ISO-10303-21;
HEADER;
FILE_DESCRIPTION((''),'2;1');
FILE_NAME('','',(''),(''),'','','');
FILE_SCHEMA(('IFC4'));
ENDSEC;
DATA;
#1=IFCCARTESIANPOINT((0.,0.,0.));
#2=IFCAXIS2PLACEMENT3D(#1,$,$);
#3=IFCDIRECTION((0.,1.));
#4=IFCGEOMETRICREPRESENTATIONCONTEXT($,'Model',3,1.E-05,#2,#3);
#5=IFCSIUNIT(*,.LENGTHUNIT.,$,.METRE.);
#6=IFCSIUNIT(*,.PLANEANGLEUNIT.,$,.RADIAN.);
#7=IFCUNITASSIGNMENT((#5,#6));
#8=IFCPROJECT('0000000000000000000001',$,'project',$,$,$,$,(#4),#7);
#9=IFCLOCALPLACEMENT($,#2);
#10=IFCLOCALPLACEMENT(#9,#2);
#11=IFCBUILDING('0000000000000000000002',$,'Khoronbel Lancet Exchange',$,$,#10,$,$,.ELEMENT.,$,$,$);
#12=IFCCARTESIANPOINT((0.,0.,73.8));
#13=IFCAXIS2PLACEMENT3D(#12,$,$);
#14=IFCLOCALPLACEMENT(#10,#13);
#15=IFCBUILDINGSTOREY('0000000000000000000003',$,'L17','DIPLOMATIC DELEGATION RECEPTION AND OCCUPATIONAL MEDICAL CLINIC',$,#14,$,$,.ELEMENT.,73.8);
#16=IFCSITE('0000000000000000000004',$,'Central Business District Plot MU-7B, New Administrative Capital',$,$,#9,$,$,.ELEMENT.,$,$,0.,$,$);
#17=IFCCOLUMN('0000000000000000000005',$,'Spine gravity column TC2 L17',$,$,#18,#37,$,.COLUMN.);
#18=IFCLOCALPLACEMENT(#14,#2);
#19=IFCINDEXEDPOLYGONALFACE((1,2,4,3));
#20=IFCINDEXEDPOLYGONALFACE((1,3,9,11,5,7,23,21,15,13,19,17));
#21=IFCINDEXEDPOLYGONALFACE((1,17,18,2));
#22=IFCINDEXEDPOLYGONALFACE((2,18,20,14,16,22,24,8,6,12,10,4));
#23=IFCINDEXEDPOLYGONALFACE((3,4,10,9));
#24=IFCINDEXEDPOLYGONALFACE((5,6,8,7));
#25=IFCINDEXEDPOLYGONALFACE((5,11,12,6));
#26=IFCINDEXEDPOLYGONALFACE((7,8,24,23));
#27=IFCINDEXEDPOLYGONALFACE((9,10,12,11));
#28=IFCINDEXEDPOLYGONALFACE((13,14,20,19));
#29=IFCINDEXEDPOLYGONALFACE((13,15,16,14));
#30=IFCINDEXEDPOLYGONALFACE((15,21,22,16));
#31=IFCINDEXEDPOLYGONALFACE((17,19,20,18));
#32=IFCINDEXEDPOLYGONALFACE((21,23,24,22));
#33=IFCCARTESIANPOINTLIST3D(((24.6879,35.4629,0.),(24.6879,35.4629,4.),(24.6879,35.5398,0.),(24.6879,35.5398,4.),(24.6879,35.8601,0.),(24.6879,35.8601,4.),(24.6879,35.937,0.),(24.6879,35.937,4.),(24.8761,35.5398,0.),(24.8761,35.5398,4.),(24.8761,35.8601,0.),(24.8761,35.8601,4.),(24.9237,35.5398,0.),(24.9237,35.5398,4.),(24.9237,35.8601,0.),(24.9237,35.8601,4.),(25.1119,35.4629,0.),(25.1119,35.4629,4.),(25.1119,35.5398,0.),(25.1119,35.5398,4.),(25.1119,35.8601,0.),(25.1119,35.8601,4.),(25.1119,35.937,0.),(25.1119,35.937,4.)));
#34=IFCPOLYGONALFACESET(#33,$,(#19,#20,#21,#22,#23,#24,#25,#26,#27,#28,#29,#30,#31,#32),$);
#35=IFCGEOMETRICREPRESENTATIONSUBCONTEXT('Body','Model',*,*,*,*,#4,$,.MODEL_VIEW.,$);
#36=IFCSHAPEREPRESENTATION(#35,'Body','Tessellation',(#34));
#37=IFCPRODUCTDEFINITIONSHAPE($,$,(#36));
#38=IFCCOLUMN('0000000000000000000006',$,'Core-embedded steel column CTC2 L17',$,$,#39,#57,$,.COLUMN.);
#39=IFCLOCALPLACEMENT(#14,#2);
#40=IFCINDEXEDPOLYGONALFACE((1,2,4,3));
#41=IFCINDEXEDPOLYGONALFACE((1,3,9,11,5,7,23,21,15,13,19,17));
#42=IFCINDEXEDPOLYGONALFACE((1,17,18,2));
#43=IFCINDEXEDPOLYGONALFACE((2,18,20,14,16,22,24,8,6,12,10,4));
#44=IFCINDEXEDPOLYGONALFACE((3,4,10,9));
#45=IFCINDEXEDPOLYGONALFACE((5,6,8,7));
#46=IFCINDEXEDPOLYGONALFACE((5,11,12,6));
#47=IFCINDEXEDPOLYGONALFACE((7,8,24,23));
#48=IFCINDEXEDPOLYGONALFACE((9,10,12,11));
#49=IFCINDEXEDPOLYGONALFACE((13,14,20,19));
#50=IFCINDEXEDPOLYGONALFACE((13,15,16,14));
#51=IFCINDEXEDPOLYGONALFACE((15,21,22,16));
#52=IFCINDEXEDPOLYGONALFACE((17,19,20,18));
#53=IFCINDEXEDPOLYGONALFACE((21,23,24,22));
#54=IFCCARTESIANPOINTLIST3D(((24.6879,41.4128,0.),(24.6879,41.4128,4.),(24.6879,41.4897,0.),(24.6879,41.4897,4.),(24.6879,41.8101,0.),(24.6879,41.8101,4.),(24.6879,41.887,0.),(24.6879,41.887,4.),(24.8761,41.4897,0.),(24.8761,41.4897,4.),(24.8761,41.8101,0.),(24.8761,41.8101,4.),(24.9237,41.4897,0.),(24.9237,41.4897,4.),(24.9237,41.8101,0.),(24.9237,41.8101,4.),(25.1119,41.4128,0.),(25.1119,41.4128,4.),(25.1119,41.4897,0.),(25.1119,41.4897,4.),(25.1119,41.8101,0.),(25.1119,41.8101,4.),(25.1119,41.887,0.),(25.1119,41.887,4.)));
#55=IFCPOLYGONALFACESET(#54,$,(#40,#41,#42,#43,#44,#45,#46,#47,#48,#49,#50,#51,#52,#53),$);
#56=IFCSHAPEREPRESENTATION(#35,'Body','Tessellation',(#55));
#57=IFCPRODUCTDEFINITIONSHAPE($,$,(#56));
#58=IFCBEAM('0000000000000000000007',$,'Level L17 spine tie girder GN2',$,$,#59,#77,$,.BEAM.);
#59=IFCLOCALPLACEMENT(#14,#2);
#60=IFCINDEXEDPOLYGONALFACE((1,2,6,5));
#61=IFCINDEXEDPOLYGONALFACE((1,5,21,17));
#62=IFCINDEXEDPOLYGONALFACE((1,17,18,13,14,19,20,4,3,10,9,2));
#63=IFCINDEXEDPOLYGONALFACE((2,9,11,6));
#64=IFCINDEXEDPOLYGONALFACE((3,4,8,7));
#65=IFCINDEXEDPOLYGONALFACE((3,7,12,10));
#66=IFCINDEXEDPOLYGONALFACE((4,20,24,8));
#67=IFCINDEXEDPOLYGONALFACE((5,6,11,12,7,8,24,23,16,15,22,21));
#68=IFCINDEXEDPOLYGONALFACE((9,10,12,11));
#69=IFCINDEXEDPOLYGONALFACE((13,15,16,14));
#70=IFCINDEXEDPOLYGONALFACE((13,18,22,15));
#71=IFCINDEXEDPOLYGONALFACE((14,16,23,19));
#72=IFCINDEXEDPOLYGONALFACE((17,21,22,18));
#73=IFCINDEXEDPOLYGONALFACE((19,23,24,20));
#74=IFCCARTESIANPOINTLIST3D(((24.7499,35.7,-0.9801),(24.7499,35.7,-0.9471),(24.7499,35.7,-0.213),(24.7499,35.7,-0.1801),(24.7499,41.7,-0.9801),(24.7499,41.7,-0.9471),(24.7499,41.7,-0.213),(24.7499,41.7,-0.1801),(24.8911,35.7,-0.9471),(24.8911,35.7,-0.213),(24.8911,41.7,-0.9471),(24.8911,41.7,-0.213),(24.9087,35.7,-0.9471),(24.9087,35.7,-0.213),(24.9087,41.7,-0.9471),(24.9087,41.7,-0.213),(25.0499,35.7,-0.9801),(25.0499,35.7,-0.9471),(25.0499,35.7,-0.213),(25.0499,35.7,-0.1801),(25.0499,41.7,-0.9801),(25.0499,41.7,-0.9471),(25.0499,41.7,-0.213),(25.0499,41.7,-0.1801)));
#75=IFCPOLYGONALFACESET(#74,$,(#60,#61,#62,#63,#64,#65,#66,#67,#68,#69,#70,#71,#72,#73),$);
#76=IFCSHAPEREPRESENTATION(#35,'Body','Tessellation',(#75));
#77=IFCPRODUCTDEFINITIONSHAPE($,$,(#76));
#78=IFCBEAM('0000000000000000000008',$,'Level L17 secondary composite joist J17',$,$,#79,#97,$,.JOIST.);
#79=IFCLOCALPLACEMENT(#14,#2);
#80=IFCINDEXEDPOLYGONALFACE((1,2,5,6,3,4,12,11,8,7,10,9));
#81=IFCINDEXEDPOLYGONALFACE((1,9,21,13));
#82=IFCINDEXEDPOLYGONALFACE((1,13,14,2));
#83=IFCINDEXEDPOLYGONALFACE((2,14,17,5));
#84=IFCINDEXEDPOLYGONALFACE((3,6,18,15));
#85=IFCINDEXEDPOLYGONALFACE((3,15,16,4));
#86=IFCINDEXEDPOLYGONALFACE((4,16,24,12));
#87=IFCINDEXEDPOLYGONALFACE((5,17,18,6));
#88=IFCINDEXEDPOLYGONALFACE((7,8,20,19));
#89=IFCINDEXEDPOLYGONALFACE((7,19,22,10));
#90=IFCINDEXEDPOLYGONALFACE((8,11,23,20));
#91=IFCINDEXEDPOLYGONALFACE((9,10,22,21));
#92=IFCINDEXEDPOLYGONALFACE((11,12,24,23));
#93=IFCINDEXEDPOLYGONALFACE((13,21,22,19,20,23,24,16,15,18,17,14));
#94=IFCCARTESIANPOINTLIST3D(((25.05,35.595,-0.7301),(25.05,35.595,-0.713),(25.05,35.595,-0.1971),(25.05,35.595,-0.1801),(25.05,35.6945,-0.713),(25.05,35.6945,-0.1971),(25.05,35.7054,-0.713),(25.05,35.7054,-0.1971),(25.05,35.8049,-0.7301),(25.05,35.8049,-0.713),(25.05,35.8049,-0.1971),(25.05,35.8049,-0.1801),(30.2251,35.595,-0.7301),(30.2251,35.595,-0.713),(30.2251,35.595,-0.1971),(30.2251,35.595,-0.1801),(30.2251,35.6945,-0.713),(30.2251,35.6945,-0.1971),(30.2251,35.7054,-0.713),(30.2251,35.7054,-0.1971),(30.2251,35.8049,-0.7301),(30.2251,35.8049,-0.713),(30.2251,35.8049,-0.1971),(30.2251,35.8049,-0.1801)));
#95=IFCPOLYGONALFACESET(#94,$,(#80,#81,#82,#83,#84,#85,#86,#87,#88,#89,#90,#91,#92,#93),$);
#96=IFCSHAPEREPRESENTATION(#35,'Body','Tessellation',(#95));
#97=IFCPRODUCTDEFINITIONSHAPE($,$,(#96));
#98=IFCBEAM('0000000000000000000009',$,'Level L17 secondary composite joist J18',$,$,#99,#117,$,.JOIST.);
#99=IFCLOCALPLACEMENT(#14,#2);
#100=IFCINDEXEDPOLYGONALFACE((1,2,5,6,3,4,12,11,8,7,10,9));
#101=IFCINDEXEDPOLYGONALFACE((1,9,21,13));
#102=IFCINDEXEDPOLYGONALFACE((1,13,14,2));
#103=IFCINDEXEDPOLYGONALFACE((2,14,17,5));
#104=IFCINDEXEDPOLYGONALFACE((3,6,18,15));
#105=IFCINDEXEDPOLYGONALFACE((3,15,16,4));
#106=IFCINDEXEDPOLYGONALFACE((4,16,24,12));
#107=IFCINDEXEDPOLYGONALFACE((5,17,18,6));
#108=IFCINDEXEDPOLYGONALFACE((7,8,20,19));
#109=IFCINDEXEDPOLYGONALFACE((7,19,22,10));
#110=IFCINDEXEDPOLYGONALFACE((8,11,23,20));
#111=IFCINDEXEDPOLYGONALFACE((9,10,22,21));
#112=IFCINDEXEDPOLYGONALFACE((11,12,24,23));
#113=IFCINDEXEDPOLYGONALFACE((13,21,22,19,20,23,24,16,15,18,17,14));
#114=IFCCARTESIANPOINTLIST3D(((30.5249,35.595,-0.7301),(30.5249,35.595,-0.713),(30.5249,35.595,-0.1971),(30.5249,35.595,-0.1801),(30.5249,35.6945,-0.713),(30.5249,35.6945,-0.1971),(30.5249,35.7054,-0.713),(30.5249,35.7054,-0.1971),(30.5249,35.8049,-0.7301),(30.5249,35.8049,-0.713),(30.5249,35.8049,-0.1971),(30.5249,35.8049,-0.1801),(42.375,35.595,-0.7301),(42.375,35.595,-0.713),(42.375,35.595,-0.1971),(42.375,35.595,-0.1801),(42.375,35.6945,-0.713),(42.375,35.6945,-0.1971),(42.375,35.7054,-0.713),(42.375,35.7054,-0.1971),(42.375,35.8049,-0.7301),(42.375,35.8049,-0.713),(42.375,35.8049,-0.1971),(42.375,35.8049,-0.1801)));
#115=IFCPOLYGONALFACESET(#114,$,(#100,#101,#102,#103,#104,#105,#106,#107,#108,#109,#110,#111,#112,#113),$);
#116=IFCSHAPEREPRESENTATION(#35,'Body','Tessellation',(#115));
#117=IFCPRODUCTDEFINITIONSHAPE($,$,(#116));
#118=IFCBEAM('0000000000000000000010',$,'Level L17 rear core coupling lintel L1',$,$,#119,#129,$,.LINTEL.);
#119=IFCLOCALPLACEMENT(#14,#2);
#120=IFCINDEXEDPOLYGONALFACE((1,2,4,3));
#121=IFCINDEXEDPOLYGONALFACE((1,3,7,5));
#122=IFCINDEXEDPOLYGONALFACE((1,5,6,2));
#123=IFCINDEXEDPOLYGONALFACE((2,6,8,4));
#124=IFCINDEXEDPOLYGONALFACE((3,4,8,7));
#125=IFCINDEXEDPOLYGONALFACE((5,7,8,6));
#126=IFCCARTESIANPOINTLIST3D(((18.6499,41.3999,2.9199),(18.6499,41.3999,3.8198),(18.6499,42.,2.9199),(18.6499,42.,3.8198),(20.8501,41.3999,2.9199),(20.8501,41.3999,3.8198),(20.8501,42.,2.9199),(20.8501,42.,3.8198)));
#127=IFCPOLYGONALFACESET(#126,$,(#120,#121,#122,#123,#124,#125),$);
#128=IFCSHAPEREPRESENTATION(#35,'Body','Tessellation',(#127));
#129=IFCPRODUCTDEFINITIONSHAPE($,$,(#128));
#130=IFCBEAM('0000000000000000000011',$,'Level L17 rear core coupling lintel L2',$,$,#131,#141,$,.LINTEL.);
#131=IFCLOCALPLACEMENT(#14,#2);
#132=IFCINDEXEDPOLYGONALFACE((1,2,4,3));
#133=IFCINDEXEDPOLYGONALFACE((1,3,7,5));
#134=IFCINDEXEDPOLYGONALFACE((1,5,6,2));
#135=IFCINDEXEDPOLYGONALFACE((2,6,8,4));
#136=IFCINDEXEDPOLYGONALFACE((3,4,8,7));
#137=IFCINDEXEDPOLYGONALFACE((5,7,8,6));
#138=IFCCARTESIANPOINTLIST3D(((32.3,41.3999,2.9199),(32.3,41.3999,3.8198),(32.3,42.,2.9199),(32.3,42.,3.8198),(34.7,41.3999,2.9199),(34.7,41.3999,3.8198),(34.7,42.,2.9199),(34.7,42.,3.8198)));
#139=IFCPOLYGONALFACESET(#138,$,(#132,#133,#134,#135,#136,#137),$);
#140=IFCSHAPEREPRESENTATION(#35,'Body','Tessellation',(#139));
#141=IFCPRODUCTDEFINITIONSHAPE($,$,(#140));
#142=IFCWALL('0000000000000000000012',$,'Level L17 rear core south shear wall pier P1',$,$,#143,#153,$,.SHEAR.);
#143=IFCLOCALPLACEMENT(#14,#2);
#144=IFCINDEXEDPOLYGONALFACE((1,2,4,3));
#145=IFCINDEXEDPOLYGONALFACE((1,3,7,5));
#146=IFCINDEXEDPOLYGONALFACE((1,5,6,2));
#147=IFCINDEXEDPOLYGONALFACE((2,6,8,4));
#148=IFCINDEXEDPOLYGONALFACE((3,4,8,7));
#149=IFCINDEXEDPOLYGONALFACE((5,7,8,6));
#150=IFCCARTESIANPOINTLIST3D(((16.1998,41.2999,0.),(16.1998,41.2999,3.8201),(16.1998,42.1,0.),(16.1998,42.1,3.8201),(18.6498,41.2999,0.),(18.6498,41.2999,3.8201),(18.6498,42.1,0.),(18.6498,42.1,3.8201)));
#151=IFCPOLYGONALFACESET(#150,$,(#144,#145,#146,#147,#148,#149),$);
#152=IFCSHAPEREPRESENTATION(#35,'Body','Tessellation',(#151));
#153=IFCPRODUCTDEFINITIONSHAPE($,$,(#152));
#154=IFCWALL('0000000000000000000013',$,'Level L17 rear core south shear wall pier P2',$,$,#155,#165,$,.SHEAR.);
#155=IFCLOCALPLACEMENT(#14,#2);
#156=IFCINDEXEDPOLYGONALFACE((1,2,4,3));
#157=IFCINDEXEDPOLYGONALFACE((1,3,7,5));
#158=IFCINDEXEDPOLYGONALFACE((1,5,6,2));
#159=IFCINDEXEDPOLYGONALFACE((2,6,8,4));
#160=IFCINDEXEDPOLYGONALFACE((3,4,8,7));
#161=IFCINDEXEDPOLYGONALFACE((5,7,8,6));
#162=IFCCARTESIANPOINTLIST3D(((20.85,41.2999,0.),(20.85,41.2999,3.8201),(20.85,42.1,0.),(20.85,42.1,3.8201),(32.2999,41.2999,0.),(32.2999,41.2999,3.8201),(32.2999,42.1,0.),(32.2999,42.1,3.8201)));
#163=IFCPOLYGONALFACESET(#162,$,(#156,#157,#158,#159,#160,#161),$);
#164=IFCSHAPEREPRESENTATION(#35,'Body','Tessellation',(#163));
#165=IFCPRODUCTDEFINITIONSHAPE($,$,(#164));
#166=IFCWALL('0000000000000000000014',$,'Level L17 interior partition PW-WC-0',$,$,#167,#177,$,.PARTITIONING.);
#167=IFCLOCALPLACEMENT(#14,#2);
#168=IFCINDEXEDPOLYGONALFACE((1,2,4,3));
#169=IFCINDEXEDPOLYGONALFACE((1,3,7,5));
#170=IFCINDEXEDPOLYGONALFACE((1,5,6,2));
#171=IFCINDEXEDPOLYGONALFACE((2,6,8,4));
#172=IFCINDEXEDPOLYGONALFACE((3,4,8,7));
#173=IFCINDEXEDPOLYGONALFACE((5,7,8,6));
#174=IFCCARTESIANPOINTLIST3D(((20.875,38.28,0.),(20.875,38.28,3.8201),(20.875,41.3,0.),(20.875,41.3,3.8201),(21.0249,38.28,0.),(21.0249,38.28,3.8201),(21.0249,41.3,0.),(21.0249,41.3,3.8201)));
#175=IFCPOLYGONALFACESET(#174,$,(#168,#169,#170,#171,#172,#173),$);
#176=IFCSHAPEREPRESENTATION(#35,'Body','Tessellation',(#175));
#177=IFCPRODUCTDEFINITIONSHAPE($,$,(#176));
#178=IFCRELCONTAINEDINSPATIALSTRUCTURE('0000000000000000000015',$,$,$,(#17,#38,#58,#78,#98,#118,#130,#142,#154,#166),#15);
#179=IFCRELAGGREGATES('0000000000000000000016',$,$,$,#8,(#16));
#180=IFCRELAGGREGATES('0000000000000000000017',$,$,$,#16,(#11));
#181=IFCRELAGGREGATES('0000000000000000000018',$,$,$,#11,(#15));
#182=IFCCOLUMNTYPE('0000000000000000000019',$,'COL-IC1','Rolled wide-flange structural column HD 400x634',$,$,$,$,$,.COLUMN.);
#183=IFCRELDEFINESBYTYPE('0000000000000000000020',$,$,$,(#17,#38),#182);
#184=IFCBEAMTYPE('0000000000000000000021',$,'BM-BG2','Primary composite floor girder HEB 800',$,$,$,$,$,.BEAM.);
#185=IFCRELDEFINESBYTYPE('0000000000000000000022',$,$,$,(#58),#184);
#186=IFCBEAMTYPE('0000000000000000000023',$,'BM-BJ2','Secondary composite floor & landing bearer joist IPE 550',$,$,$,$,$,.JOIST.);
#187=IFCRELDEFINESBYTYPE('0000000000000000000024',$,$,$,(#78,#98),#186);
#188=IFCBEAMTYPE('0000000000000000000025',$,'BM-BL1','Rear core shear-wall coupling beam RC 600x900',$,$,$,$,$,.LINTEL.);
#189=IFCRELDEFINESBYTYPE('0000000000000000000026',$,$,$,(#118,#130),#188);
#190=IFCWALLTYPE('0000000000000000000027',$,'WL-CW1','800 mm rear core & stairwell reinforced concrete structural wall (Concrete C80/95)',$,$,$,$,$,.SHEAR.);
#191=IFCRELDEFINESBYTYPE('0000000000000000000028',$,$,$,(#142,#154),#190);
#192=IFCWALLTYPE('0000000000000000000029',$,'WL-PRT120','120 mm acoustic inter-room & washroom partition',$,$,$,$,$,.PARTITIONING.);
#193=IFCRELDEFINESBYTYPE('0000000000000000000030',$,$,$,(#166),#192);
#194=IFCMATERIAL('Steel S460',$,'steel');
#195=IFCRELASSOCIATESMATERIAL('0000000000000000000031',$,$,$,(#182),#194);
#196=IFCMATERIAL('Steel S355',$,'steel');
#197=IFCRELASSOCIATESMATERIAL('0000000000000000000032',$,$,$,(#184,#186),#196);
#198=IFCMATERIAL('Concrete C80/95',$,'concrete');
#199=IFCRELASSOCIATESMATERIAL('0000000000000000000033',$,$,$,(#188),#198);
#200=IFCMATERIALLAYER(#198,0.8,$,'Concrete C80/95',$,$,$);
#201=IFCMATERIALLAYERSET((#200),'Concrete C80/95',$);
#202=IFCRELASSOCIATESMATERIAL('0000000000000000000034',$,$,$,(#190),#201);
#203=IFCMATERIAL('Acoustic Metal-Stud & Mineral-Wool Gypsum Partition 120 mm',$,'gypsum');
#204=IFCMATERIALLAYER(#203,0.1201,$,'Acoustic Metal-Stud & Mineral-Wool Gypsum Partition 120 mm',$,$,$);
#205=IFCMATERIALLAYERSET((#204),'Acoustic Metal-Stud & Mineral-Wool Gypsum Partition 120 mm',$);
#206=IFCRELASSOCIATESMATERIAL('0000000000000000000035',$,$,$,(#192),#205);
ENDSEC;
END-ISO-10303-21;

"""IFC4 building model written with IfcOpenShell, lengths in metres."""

from ifc_helpers import new_model, si_unit, direction, frame, frame_2d, origin, origin_2d, place, context, subcontext, project, spatial, rectangle, i_section, extrude, material, layer, layer_set, material_profile, profile_set, type_object, element, save


model = new_model("IFC4")

# Units and contexts
model_context = context("Model", 3, precision=1e-05, world=origin(), true_north=direction((0.0, 1.0)))
body_context = subcontext(model_context, "Body", "Model", "MODEL_VIEW")
ifc_project = project(units=[si_unit("LENGTHUNIT", "METRE"), si_unit("PLANEANGLEUNIT", "RADIAN")], contexts=[model_context])

# Site, building, storey
site_placement = place(None, origin())
site = spatial("IfcSite", under=ifc_project, at=site_placement, Name="Central Business District Plot MU-7B, New Administrative Capital", CompositionType="ELEMENT", RefElevation=0.0)
building_placement = place(site_placement, origin())
building = spatial("IfcBuilding", under=site, at=building_placement, Name="Khoronbel Lancet Exchange", CompositionType="ELEMENT")
storey_placement = place(building_placement, frame((0.0, 0.0, 73.8)))
storey = spatial("IfcBuildingStorey", under=building, at=storey_placement, Name="L17", Description="DIPLOMATIC DELEGATION RECEPTION AND OCCUPATIONAL MEDICAL CLINIC", CompositionType="ELEMENT", Elevation=73.8)

# Columns
ifc_material_1 = material(Name="Steel S460", Category="steel")
ifc_material_profile_1 = material_profile(ifc_material_1, i_section(OverallWidth=0.4241, OverallDepth=0.4741, WebThickness=0.0476, FlangeThickness=0.0769, at=origin_2d()), Name="HD 400x634")
ifc_profile_set_1 = profile_set([ifc_material_profile_1], Name="Steel S460")
column_type = type_object("IfcColumnType", Name="COL-IC1", Description="Rolled wide-flange structural column HD 400x634", PredefinedType="COLUMN", material=ifc_profile_set_1)
for number, where, z_axis, x_axis, name in (
    (1, (24.8999, 35.7, 0.0), (0.0, 0.0, 1.0), (1.0, 0.0, 0.0), "Spine gravity column TC2 L17"),
    (2, (24.8999, 41.6499, 0.0), (0.0, 0.0, 1.0), (1.0, 0.0, 0.0), "Core-embedded steel column CTC2 L17"),
):
    element("IfcColumn", number, at=place(storey_placement, frame(where, z_axis=z_axis, x_axis=x_axis)), inside=storey, type_object=column_type, Name=name, PredefinedType="COLUMN", context=body_context, shape_type="SweptSolid", body=[
        extrude(i_section(OverallWidth=0.4241, OverallDepth=0.4741, WebThickness=0.0476, FlangeThickness=0.0769, at=origin_2d()), origin(), (0.0, 0.0, 1.0), 4.0),
    ])

# Beams
ifc_material_2 = material(Name="Steel S355", Category="steel")
ifc_material_profile_2 = material_profile(ifc_material_2, i_section(OverallWidth=0.3, OverallDepth=0.8, WebThickness=0.0176, FlangeThickness=0.033, at=origin_2d()), Name="HEB 800")
ifc_profile_set_2 = profile_set([ifc_material_profile_2], Name="Steel S355")
beam_type_1 = type_object("IfcBeamType", Name="BM-BG2", Description="Primary composite floor girder HEB 800", PredefinedType="BEAM", material=ifc_profile_set_2)
beam_1_placement = place(storey_placement, frame((24.8999, 35.7, -0.5801), z_axis=(0.0, 1.0, 0.0), x_axis=(-1.0, 0.0, 0.0)))
element("IfcBeam", 3, at=beam_1_placement, inside=storey, type_object=beam_type_1, Name="Level L17 spine tie girder GN2", PredefinedType="BEAM", context=body_context, shape_type="SweptSolid", body=[
    extrude(i_section(OverallWidth=0.3, OverallDepth=0.8, WebThickness=0.0176, FlangeThickness=0.033, at=origin_2d()), origin(), (0.0, 0.0, 1.0), 6.0),
])
ifc_material_profile_3 = material_profile(ifc_material_2, i_section(OverallWidth=0.21, OverallDepth=0.55, WebThickness=0.011, FlangeThickness=0.0171, at=origin_2d()), Name="IPE 550")
ifc_profile_set_3 = profile_set([ifc_material_profile_3], Name="Steel S355")
beam_type_2 = type_object("IfcBeamType", Name="BM-BJ2", Description="Secondary composite floor & landing bearer joist IPE 550", PredefinedType="JOIST", material=ifc_profile_set_3)
beam_2_placement = place(storey_placement, frame((25.05, 35.7, -0.4551), z_axis=(1.0, 0.0, 0.0), x_axis=(0.0, 1.0, 0.0)))
element("IfcBeam", 4, at=beam_2_placement, inside=storey, type_object=beam_type_2, Name="Level L17 secondary composite joist J17", PredefinedType="JOIST", context=body_context, shape_type="SweptSolid", body=[
    extrude(i_section(OverallWidth=0.21, OverallDepth=0.55, WebThickness=0.011, FlangeThickness=0.0171, at=origin_2d()), origin(), (0.0, 0.0, 1.0), 5.175),
])
beam_3_placement = place(storey_placement, frame((30.5249, 35.7, -0.4551), z_axis=(1.0, 0.0, 0.0), x_axis=(0.0, 1.0, 0.0)))
element("IfcBeam", 5, at=beam_3_placement, inside=storey, type_object=beam_type_2, Name="Level L17 secondary composite joist J18", PredefinedType="JOIST", context=body_context, shape_type="SweptSolid", body=[
    extrude(i_section(OverallWidth=0.21, OverallDepth=0.55, WebThickness=0.011, FlangeThickness=0.0171, at=origin_2d()), origin(), (0.0, 0.0, 1.0), 11.8501),
])
ifc_material_3 = material(Name="Concrete C80/95", Category="concrete")
ifc_material_profile_4 = material_profile(ifc_material_3, rectangle(XDim=0.6001, YDim=0.8999, at=origin_2d()), Name="RC 600x900")
ifc_profile_set_4 = profile_set([ifc_material_profile_4], Name="Concrete C80/95")
beam_type_3 = type_object("IfcBeamType", Name="BM-BL1", Description="Rear core shear-wall coupling beam RC 600x900", PredefinedType="LINTEL", material=ifc_profile_set_4)
beam_4_placement = place(storey_placement, frame((18.6499, 41.7, 3.3699), z_axis=(1.0, 0.0, 0.0), x_axis=(0.0, 1.0, 0.0)))
element("IfcBeam", 6, at=beam_4_placement, inside=storey, type_object=beam_type_3, Name="Level L17 rear core coupling lintel L1", PredefinedType="LINTEL", context=body_context, shape_type="SweptSolid", body=[
    extrude(rectangle(XDim=0.6001, YDim=0.8999, at=origin_2d()), origin(), (0.0, 0.0, 1.0), 2.2002),
])
beam_5_placement = place(storey_placement, frame((32.3, 41.7, 3.3699), z_axis=(1.0, 0.0, 0.0), x_axis=(0.0, 1.0, 0.0)))
element("IfcBeam", 7, at=beam_5_placement, inside=storey, type_object=beam_type_3, Name="Level L17 rear core coupling lintel L2", PredefinedType="LINTEL", context=body_context, shape_type="SweptSolid", body=[
    extrude(rectangle(XDim=0.6001, YDim=0.8999, at=origin_2d()), origin(), (0.0, 0.0, 1.0), 2.3999),
])

# Walls
ifc_layer_1 = layer(ifc_material_3, 0.8, Name="Concrete C80/95")
ifc_layer_set_1 = layer_set([ifc_layer_1], Name="Concrete C80/95")
wall_type_1 = type_object("IfcWallType", Name="WL-CW1", Description="800 mm rear core & stairwell reinforced concrete structural wall (Concrete C80/95)", PredefinedType="SHEAR", material=ifc_layer_set_1)
wall_1_placement = place(storey_placement, frame((18.6499, 41.7, 0.0), z_axis=(0.0, 0.0, 1.0), x_axis=(-1.0, 0.0, 0.0)))
element("IfcWall", 8, at=wall_1_placement, inside=storey, type_object=wall_type_1, Name="Level L17 rear core south shear wall pier P1", PredefinedType="SHEAR", context=body_context, shape_type="SweptSolid", body=[
    extrude(rectangle(XDim=2.45, YDim=0.8, at=frame_2d((1.2251, 0.0))), origin(), (0.0, 0.0, 1.0), 3.8201),
])
wall_2_placement = place(storey_placement, frame((32.3, 41.7, 0.0), z_axis=(0.0, 0.0, 1.0), x_axis=(-1.0, 0.0, 0.0)))
element("IfcWall", 9, at=wall_2_placement, inside=storey, type_object=wall_type_1, Name="Level L17 rear core south shear wall pier P2", PredefinedType="SHEAR", context=body_context, shape_type="SweptSolid", body=[
    extrude(rectangle(XDim=11.45, YDim=0.8, at=frame_2d((5.7251, 0.0))), origin(), (0.0, 0.0, 1.0), 3.8201),
])
ifc_material_4 = material(Name="Acoustic Metal-Stud & Mineral-Wool Gypsum Partition 120 mm", Category="gypsum")
ifc_layer_2 = layer(ifc_material_4, 0.1201, Name="Acoustic Metal-Stud & Mineral-Wool Gypsum Partition 120 mm")
ifc_layer_set_2 = layer_set([ifc_layer_2], Name="Acoustic Metal-Stud & Mineral-Wool Gypsum Partition 120 mm")
wall_type_2 = type_object("IfcWallType", Name="WL-PRT120", Description="120 mm acoustic inter-room & washroom partition", PredefinedType="PARTITIONING", material=ifc_layer_set_2)
wall_3_placement = place(storey_placement, frame((20.95, 38.28, 0.0), z_axis=(0.0, 0.0, 1.0), x_axis=(0.0, 1.0, 0.0)))
element("IfcWall", 10, at=wall_3_placement, inside=storey, type_object=wall_type_2, Name="Level L17 interior partition PW-WC-0", PredefinedType="PARTITIONING", context=body_context, shape_type="SweptSolid", body=[
    extrude(rectangle(XDim=3.02, YDim=0.1499, at=frame_2d((1.51, 0.0))), origin(), (0.0, 0.0, 1.0), 3.8201),
])

save(model, "model.ifc")
